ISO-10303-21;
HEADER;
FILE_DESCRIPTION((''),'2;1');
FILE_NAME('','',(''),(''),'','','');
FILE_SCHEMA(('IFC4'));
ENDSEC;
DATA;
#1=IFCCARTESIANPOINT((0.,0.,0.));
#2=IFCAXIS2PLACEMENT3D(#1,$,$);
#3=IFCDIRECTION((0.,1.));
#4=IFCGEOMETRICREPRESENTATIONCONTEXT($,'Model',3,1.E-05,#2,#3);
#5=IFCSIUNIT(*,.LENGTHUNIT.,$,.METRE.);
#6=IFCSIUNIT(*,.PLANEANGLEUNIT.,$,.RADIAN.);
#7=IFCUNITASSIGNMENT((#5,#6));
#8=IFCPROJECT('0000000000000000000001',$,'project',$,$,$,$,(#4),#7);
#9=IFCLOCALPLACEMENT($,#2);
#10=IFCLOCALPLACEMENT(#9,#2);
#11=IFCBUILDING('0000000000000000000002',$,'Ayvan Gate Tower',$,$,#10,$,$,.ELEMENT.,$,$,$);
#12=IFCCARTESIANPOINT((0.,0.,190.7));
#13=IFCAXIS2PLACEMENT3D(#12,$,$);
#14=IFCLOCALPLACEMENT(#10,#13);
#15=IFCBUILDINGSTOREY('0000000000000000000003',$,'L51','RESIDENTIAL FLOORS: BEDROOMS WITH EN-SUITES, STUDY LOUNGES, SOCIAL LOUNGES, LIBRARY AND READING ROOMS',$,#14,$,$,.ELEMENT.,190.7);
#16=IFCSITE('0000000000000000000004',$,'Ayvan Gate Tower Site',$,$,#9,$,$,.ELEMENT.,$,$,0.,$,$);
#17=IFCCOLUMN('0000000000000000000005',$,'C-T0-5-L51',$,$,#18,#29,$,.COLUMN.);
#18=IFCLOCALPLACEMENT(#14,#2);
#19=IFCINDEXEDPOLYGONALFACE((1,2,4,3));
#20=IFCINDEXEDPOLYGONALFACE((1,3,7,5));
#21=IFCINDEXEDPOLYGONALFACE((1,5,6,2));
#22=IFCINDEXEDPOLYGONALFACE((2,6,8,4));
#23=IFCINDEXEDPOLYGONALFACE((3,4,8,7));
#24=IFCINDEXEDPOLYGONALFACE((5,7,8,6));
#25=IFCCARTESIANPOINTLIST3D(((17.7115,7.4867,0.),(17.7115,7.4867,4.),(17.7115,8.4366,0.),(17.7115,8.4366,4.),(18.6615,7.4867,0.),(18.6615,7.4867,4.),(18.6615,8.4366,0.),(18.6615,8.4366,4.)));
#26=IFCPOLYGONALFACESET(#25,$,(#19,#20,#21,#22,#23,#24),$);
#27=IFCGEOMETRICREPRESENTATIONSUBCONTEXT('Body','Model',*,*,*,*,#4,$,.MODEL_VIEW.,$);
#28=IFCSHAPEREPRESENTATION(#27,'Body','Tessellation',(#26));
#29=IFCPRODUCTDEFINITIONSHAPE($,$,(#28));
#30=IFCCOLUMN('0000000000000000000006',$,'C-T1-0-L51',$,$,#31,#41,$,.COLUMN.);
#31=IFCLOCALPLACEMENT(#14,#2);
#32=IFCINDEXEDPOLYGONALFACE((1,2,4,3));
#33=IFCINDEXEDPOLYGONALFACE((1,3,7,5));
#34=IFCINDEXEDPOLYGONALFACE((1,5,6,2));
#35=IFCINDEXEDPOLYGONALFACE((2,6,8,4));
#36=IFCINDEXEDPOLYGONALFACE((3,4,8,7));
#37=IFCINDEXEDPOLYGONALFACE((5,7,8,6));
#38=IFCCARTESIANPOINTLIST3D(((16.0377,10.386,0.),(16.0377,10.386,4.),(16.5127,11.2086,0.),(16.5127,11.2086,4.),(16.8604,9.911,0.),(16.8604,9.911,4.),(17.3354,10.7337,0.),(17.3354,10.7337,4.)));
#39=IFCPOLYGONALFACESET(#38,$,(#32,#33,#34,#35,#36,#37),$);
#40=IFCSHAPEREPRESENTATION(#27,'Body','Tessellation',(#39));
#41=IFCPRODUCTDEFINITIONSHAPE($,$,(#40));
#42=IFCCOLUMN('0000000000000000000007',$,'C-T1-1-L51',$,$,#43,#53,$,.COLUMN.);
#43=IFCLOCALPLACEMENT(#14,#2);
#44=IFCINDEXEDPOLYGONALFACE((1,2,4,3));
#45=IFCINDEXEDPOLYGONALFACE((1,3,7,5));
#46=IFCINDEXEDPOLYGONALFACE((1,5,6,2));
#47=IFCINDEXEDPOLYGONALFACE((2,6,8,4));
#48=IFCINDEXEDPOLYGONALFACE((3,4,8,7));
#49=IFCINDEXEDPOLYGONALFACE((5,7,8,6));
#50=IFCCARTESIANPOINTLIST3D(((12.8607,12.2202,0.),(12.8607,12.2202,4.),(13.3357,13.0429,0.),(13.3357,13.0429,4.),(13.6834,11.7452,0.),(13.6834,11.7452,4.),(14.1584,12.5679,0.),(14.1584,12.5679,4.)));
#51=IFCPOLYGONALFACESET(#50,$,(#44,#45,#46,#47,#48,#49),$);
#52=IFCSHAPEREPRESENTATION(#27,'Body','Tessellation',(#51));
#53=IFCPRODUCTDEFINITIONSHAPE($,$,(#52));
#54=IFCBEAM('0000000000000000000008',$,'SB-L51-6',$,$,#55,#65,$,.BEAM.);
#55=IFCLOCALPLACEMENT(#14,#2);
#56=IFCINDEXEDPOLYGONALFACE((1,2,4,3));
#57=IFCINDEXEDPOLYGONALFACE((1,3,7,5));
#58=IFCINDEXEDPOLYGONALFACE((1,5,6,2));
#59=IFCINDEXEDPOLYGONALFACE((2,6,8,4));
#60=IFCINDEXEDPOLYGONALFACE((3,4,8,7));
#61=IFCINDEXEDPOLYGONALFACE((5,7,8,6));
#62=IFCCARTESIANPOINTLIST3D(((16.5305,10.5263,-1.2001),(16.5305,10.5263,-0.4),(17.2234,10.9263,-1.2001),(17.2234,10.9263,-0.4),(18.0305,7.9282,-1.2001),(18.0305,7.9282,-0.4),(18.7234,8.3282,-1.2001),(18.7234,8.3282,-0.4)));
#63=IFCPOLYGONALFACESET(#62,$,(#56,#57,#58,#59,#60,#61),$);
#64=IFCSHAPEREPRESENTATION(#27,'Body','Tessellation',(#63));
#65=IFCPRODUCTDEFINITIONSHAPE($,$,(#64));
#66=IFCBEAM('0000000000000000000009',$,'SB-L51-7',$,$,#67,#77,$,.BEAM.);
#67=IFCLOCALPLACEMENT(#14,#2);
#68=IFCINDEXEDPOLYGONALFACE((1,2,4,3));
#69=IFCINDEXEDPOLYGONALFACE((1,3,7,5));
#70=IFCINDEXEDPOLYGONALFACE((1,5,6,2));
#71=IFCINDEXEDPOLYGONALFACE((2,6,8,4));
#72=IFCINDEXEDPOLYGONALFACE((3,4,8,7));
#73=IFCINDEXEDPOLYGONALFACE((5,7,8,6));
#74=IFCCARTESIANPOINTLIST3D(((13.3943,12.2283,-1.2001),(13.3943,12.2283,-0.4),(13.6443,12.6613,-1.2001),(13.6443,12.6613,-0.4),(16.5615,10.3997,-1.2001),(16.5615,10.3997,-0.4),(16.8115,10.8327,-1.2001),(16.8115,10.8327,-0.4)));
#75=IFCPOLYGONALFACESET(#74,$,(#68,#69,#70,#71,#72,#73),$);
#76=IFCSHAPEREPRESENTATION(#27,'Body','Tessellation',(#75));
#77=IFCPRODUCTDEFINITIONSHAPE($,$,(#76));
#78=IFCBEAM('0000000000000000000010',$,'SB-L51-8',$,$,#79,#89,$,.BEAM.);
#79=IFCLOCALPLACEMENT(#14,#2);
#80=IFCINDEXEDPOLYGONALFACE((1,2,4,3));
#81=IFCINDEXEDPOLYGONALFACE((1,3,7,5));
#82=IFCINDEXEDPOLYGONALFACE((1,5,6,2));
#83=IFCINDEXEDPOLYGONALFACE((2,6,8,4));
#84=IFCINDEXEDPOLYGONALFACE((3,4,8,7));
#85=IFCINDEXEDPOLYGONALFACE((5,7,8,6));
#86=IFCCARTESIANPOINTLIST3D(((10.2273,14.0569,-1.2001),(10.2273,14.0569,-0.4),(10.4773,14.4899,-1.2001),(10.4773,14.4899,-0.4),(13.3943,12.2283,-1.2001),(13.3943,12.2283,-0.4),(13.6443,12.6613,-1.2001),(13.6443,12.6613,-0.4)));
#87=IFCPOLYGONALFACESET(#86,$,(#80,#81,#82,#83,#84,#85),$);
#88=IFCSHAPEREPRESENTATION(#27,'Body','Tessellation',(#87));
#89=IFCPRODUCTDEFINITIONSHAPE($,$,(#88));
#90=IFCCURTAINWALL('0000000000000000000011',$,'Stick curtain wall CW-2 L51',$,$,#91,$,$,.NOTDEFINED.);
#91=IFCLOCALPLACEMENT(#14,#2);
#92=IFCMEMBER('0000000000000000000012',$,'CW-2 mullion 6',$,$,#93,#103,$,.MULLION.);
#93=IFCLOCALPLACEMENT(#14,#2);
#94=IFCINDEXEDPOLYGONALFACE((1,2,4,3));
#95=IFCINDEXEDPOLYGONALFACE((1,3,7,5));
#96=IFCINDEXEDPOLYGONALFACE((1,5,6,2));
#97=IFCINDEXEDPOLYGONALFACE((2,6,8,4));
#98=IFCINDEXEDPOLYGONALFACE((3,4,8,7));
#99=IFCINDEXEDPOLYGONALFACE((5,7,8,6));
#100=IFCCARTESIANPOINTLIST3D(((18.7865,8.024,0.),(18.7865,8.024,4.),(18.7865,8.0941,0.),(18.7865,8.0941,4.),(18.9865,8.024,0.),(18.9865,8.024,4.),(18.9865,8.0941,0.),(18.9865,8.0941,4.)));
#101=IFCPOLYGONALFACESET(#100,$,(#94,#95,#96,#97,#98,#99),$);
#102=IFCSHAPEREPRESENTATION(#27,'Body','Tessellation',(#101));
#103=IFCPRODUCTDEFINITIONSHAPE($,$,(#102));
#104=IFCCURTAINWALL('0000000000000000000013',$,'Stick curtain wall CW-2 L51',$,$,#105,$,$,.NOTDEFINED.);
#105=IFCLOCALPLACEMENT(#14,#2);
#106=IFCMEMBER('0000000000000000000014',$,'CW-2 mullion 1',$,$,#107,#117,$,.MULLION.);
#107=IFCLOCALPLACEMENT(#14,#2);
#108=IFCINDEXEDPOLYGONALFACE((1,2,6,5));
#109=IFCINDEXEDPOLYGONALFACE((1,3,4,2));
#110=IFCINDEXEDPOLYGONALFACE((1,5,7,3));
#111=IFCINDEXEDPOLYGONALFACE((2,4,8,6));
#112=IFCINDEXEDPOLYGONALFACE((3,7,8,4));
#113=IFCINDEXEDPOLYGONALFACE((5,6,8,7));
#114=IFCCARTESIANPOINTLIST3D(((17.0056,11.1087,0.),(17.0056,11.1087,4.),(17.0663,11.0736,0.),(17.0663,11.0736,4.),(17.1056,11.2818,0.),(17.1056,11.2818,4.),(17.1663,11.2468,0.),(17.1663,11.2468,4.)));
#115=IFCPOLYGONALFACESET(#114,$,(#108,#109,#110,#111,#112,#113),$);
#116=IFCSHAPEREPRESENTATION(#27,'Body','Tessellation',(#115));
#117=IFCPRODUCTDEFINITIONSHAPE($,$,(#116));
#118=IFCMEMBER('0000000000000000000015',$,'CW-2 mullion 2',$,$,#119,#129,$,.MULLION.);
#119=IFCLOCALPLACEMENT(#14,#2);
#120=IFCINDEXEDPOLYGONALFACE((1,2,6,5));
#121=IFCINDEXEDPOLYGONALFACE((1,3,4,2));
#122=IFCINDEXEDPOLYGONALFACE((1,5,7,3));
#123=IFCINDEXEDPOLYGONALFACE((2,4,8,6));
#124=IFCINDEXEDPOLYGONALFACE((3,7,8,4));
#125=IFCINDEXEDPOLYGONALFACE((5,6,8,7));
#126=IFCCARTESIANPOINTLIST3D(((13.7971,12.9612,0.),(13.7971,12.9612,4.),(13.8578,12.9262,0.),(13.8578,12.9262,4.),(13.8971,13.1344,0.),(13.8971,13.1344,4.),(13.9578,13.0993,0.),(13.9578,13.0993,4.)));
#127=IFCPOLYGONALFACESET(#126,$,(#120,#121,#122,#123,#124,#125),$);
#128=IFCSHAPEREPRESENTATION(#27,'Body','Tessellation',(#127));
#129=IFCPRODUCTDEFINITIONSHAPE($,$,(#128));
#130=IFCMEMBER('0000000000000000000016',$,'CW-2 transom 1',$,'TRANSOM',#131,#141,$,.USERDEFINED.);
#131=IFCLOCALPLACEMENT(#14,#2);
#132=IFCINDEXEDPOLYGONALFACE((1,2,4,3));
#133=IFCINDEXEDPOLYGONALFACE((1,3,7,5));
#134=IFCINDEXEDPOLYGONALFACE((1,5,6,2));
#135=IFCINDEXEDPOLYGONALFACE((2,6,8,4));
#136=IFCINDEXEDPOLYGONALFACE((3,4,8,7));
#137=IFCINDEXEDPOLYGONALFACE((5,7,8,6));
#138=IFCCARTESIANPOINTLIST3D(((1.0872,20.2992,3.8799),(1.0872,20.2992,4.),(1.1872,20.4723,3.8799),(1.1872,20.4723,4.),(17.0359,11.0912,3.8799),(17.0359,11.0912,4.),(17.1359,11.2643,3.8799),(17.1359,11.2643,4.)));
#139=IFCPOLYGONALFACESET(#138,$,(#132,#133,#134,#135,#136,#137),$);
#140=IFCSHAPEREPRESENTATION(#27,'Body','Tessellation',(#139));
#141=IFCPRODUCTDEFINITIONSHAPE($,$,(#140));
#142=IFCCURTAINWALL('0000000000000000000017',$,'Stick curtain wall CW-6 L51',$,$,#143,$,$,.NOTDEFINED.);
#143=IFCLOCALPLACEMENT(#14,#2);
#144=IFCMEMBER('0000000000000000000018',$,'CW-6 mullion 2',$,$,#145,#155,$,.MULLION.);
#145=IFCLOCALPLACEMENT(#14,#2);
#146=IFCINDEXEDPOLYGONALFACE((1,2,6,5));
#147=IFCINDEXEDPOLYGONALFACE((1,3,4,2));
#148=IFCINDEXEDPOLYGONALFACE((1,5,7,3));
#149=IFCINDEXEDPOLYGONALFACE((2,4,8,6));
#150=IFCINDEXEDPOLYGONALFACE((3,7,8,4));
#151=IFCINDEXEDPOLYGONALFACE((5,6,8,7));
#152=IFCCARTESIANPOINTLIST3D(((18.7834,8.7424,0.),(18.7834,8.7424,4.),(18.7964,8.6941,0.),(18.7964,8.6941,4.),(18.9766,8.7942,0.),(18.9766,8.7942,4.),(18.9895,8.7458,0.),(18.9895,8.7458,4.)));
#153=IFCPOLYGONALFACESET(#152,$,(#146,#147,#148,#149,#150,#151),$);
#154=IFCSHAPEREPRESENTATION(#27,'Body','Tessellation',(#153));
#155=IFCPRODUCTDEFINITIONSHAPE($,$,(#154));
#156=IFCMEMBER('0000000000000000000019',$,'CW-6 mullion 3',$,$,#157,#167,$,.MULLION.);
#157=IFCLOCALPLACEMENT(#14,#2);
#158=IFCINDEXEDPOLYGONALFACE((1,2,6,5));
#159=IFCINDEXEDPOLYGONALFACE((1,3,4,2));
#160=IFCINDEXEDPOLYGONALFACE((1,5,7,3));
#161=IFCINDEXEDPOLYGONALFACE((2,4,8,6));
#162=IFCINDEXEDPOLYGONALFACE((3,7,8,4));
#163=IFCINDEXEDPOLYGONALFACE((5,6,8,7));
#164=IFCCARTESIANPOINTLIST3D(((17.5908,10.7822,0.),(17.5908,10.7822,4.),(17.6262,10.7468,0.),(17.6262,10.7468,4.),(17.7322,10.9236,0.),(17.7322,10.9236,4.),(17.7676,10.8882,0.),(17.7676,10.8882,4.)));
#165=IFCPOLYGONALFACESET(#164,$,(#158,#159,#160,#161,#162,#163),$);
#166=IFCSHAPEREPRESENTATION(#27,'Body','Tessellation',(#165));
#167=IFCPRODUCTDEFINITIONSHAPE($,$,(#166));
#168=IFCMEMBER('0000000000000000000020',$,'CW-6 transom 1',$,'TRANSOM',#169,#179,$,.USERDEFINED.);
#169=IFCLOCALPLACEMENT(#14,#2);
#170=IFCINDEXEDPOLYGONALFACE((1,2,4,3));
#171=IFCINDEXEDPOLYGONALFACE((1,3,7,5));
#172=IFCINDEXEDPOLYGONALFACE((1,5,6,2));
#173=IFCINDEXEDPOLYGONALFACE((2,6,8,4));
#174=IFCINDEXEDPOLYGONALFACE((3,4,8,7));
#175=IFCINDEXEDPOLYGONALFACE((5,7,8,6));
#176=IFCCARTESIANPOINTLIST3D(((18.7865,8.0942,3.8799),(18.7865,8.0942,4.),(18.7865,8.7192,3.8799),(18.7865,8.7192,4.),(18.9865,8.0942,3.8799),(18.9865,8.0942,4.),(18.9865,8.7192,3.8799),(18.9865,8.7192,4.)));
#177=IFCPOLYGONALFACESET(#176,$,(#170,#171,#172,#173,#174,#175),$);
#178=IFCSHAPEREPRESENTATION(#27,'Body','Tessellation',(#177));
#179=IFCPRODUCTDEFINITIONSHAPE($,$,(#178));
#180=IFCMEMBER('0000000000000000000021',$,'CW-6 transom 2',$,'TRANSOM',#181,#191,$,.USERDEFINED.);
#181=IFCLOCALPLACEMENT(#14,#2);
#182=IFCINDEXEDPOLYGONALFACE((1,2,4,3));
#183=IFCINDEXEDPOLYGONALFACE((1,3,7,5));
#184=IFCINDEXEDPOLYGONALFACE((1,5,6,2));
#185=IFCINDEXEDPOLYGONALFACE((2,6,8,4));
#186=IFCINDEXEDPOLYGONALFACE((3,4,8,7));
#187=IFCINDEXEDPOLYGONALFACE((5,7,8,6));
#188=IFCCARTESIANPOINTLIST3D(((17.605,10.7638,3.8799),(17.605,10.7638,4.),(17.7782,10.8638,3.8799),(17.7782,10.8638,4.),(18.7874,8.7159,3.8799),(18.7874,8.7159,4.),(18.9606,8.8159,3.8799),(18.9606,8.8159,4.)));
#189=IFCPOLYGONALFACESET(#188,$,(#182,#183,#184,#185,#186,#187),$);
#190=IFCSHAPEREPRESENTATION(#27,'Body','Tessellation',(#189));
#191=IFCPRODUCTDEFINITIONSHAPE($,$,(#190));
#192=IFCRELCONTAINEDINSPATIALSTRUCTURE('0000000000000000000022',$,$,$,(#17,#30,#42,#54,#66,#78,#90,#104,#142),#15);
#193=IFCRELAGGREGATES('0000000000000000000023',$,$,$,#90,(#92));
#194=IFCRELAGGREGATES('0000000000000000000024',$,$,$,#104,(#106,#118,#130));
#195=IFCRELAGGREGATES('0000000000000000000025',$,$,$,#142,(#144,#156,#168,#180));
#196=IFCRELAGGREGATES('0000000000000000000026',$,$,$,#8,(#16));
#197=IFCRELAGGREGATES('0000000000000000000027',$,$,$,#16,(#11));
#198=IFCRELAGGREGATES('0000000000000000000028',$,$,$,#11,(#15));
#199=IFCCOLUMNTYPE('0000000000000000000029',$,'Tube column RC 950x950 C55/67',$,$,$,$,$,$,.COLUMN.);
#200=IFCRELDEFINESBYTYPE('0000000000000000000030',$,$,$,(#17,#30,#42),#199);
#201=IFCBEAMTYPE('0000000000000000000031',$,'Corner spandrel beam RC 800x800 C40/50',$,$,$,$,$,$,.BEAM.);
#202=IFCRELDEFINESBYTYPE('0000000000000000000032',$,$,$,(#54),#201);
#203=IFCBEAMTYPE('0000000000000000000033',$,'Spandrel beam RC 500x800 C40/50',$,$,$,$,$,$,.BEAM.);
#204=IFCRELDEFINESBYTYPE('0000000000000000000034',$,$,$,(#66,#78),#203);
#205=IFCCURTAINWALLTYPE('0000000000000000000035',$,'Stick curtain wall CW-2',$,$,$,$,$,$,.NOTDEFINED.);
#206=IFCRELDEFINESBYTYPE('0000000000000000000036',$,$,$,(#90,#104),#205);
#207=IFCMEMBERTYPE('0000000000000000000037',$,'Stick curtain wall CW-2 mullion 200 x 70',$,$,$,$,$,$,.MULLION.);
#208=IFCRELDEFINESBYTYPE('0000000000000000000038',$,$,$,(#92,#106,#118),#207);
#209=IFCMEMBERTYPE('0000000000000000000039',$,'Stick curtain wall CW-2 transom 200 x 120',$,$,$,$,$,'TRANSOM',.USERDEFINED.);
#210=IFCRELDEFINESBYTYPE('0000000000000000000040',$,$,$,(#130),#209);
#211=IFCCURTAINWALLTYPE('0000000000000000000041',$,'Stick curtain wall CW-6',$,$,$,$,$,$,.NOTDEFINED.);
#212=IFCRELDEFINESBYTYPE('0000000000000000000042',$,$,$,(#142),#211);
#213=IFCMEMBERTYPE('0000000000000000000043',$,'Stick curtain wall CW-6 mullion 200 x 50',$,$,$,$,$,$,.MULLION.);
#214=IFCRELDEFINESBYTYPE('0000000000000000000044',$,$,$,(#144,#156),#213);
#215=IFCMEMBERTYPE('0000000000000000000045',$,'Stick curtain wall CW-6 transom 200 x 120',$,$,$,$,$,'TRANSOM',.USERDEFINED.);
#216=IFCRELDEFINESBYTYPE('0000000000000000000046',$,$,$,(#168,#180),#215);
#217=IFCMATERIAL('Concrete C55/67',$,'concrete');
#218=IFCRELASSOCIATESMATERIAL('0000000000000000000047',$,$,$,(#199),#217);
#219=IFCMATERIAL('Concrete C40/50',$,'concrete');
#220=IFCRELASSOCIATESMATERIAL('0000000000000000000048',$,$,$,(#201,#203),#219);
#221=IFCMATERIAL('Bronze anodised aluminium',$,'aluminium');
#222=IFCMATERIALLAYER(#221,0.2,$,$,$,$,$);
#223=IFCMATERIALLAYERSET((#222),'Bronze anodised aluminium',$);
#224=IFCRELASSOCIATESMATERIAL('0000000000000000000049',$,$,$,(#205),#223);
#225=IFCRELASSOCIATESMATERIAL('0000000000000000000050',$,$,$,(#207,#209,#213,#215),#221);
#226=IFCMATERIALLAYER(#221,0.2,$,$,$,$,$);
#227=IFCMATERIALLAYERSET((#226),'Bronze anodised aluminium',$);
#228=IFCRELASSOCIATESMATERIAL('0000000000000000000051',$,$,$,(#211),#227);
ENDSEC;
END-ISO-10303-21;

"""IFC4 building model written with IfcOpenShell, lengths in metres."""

from ifc_helpers import new_model, si_unit, direction, frame, origin, origin_2d, place, context, subcontext, project, spatial, rectangle, extrude, material, layer, layer_set, material_profile, profile_set, type_object, element, aggregate, save


model = new_model("IFC4")

# Units and contexts
model_context = context("Model", 3, precision=1e-05, world=origin(), true_north=direction((0.0, 1.0)))
body_context = subcontext(model_context, "Body", "Model", "MODEL_VIEW")
ifc_project = project(units=[si_unit("LENGTHUNIT", "METRE"), si_unit("PLANEANGLEUNIT", "RADIAN")], contexts=[model_context])

# Site, building, storey
site_placement = place(None, origin())
site = spatial("IfcSite", under=ifc_project, at=site_placement, Name="Ayvan Gate Tower Site", CompositionType="ELEMENT", RefElevation=0.0)
building_placement = place(site_placement, origin())
building = spatial("IfcBuilding", under=site, at=building_placement, Name="Ayvan Gate Tower", CompositionType="ELEMENT")
storey_placement = place(building_placement, frame((0.0, 0.0, 190.7)))
storey = spatial("IfcBuildingStorey", under=building, at=storey_placement, Name="L51", Description="RESIDENTIAL FLOORS: BEDROOMS WITH EN-SUITES, STUDY LOUNGES, SOCIAL LOUNGES, LIBRARY AND READING ROOMS", CompositionType="ELEMENT", Elevation=190.7)

# Columns
ifc_material_1 = material(Name="Concrete C55/67", Category="concrete")
ifc_material_profile_1 = material_profile(ifc_material_1, rectangle(XDim=0.95, YDim=0.95, at=origin_2d()), Name="RC 950x950")
ifc_profile_set_1 = profile_set([ifc_material_profile_1], Name="Concrete C55/67")
column_type = type_object("IfcColumnType", Name="Tube column RC 950x950 C55/67", PredefinedType="COLUMN", material=ifc_profile_set_1)
for number, where, z_axis, x_axis, name in (
    (1, (18.1865, 7.9617, 0.0), (0.0, 0.0, 1.0), (1.0, 0.0, 0.0), "C-T0-5-L51"),
    (2, (16.6865, 10.5598, 0.0), (0.0, 0.0, 1.0), (0.5, 0.866025, 0.0), "C-T1-0-L51"),
    (3, (13.5095, 12.394, 0.0), (0.0, 0.0, 1.0), (0.5, 0.866025, 0.0), "C-T1-1-L51"),
):
    element("IfcColumn", number, at=place(storey_placement, frame(where, z_axis=z_axis, x_axis=x_axis)), inside=storey, type_object=column_type, Name=name, PredefinedType="COLUMN", context=body_context, shape_type="SweptSolid", body=[
        extrude(rectangle(XDim=0.95, YDim=0.95, at=origin_2d()), origin(), (0.0, 0.0, 1.0), 4.0),
    ])

# Beams
ifc_material_2 = material(Name="Concrete C40/50", Category="concrete")
ifc_material_profile_2 = material_profile(ifc_material_2, rectangle(XDim=0.8, YDim=0.8, at=origin_2d()), Name="RC 800x800")
ifc_profile_set_2 = profile_set([ifc_material_profile_2], Name="Concrete C40/50")
beam_type_1 = type_object("IfcBeamType", Name="Corner spandrel beam RC 800x800 C40/50", PredefinedType="BEAM", material=ifc_profile_set_2)
beam_1_placement = place(storey_placement, frame((18.377, 8.1282, -0.8), z_axis=(-0.49999, 0.866031, 0.0), x_axis=(-0.866031, -0.49999, 0.0)))
element("IfcBeam", 4, at=beam_1_placement, inside=storey, type_object=beam_type_1, Name="SB-L51-6", PredefinedType="BEAM", context=body_context, shape_type="SweptSolid", body=[
    extrude(rectangle(XDim=0.8, YDim=0.8, at=origin_2d()), origin(), (0.0, 0.0, 1.0), 3.0),
])
ifc_material_profile_3 = material_profile(ifc_material_2, rectangle(XDim=0.5, YDim=0.8, at=origin_2d()), Name="RC 500x800")
ifc_profile_set_3 = profile_set([ifc_material_profile_3], Name="Concrete C40/50")
beam_type_2 = type_object("IfcBeamType", Name="Spandrel beam RC 500x800 C40/50", PredefinedType="BEAM", material=ifc_profile_set_3)
beam_2_placement = place(storey_placement, frame((16.6865, 10.6162, -0.8), z_axis=(-0.866024, 0.500002, 0.0), x_axis=(-0.500002, -0.866024, 0.0)))
element("IfcBeam", 5, at=beam_2_placement, inside=storey, type_object=beam_type_2, Name="SB-L51-7", PredefinedType="BEAM", context=body_context, shape_type="SweptSolid", body=[
    extrude(rectangle(XDim=0.5, YDim=0.8, at=origin_2d()), origin(), (0.0, 0.0, 1.0), 3.6572),
])
beam_3_placement = place(storey_placement, frame((13.5193, 12.4448, -0.8), z_axis=(-0.866008, 0.500031, 0.0), x_axis=(-0.500031, -0.866008, 0.0)))
element("IfcBeam", 6, at=beam_3_placement, inside=storey, type_object=beam_type_2, Name="SB-L51-8", PredefinedType="BEAM", context=body_context, shape_type="SweptSolid", body=[
    extrude(rectangle(XDim=0.5, YDim=0.8, at=origin_2d()), origin(), (0.0, 0.0, 1.0), 3.657),
])

# Curtain wall, member
ifc_material_3 = material(Name="Bronze anodised aluminium", Category="aluminium")
ifc_layer_1 = layer(ifc_material_3, 0.2)
ifc_layer_set_1 = layer_set([ifc_layer_1], Name="Bronze anodised aluminium")
curtain_wall_type_1 = type_object("IfcCurtainWallType", Name="Stick curtain wall CW-2", PredefinedType="NOTDEFINED", material=ifc_layer_set_1)
curtain_wall_1_placement = place(storey_placement, origin())
curtain_wall_1 = element("IfcCurtainWall", 7, at=curtain_wall_1_placement, inside=storey, type_object=curtain_wall_type_1, Name="Stick curtain wall CW-2 L51", PredefinedType="NOTDEFINED")
ifc_material_profile_4 = material_profile(ifc_material_3, rectangle(XDim=0.2, YDim=0.0701, at=origin_2d()), Name="Stick curtain wall CW-2 mullion 200 x 70")
ifc_profile_set_4 = profile_set([ifc_material_profile_4], Name="Bronze anodised aluminium")
member_type_1 = type_object("IfcMemberType", Name="Stick curtain wall CW-2 mullion 200 x 70", PredefinedType="MULLION", material=ifc_profile_set_4)
member_1_placement = place(storey_placement, frame((18.8865, 8.0591, 0.0), z_axis=(0.0, 0.0, 1.0), x_axis=(1.0, 0.0, 0.0)))
member_1 = element("IfcMember", 8, at=member_1_placement, type_object=member_type_1, Name="CW-2 mullion 6", PredefinedType="MULLION", context=body_context, shape_type="SweptSolid", body=[
    extrude(rectangle(XDim=0.2, YDim=0.0701, at=origin_2d()), origin(), (0.0, 0.0, 1.0), 4.0),
])

# Curtain walls, members
curtain_wall_2_placement = place(storey_placement, origin())
curtain_wall_2 = element("IfcCurtainWall", 9, at=curtain_wall_2_placement, inside=storey, type_object=curtain_wall_type_1, Name="Stick curtain wall CW-2 L51", PredefinedType="NOTDEFINED")
member_2_placement = place(storey_placement, frame((17.0859, 11.1777, 0.0), z_axis=(0.0, 0.0, 1.0), x_axis=(0.5, 0.866025, 0.0)))
member_2 = element("IfcMember", 10, at=member_2_placement, type_object=member_type_1, Name="CW-2 mullion 1", PredefinedType="MULLION", context=body_context, shape_type="SweptSolid", body=[
    extrude(rectangle(XDim=0.2, YDim=0.0701, at=origin_2d()), origin(), (0.0, 0.0, 1.0), 4.0),
])
member_3_placement = place(storey_placement, frame((13.8774, 13.0303, 0.0), z_axis=(0.0, 0.0, 1.0), x_axis=(0.5, 0.866025, 0.0)))
member_3 = element("IfcMember", 11, at=member_3_placement, type_object=member_type_1, Name="CW-2 mullion 2", PredefinedType="MULLION", context=body_context, shape_type="SweptSolid", body=[
    extrude(rectangle(XDim=0.2, YDim=0.0701, at=origin_2d()), origin(), (0.0, 0.0, 1.0), 4.0),
])
ifc_material_profile_5 = material_profile(ifc_material_3, rectangle(XDim=0.2, YDim=0.1201, at=origin_2d()), Name="Stick curtain wall CW-2 transom 200 x 120")
ifc_profile_set_5 = profile_set([ifc_material_profile_5], Name="Bronze anodised aluminium")
member_type_2 = type_object("IfcMemberType", Name="Stick curtain wall CW-2 transom 200 x 120", ElementType="TRANSOM", PredefinedType="USERDEFINED", material=ifc_profile_set_5)
member_4_placement = place(storey_placement, frame((17.0859, 11.1777, 3.9399), z_axis=(-0.866025, 0.5, 0.0), x_axis=(-0.5, -0.866025, 0.0)))
member_4 = element("IfcMember", 12, at=member_4_placement, type_object=member_type_2, Name="CW-2 transom 1", ObjectType="TRANSOM", PredefinedType="USERDEFINED", context=body_context, shape_type="SweptSolid", body=[
    extrude(rectangle(XDim=0.2, YDim=0.1201, at=origin_2d()), origin(), (0.0, 0.0, 1.0), 18.416),
])
ifc_layer_2 = layer(ifc_material_3, 0.2)
ifc_layer_set_2 = layer_set([ifc_layer_2], Name="Bronze anodised aluminium")
curtain_wall_type_2 = type_object("IfcCurtainWallType", Name="Stick curtain wall CW-6", PredefinedType="NOTDEFINED", material=ifc_layer_set_2)
curtain_wall_3_placement = place(storey_placement, origin())
curtain_wall_3 = element("IfcCurtainWall", 13, at=curtain_wall_3_placement, inside=storey, type_object=curtain_wall_type_2, Name="Stick curtain wall CW-6 L51", PredefinedType="NOTDEFINED")
ifc_material_profile_6 = material_profile(ifc_material_3, rectangle(XDim=0.2, YDim=0.05, at=origin_2d()), Name="Stick curtain wall CW-6 mullion 200 x 50")
ifc_profile_set_6 = profile_set([ifc_material_profile_6], Name="Bronze anodised aluminium")
member_type_3 = type_object("IfcMemberType", Name="Stick curtain wall CW-6 mullion 200 x 50", PredefinedType="MULLION", material=ifc_profile_set_6)
member_5_placement = place(storey_placement, frame((18.8865, 8.7441, 0.0), z_axis=(0.0, 0.0, 1.0), x_axis=(0.965926, 0.258819, 0.0)))
member_5 = element("IfcMember", 14, at=member_5_placement, type_object=member_type_3, Name="CW-6 mullion 2", PredefinedType="MULLION", context=body_context, shape_type="SweptSolid", body=[
    extrude(rectangle(XDim=0.2, YDim=0.05, at=origin_2d()), origin(), (0.0, 0.0, 1.0), 4.0),
])
member_6_placement = place(storey_placement, frame((17.6792, 10.8352, 0.0), z_axis=(0.0, 0.0, 1.0), x_axis=(0.707107, 0.707107, 0.0)))
member_6 = element("IfcMember", 15, at=member_6_placement, type_object=member_type_3, Name="CW-6 mullion 3", PredefinedType="MULLION", context=body_context, shape_type="SweptSolid", body=[
    extrude(rectangle(XDim=0.2, YDim=0.05, at=origin_2d()), origin(), (0.0, 0.0, 1.0), 4.0),
])
ifc_material_profile_7 = material_profile(ifc_material_3, rectangle(XDim=0.2, YDim=0.1201, at=origin_2d()), Name="Stick curtain wall CW-6 transom 200 x 120")
ifc_profile_set_7 = profile_set([ifc_material_profile_7], Name="Bronze anodised aluminium")
member_type_4 = type_object("IfcMemberType", Name="Stick curtain wall CW-6 transom 200 x 120", ElementType="TRANSOM", PredefinedType="USERDEFINED", material=ifc_profile_set_7)
member_7_placement = place(storey_placement, frame((18.8865, 8.0942, 3.9399), z_axis=(0.0, 1.0, 0.0), x_axis=(-1.0, 0.0, 0.0)))
member_7 = element("IfcMember", 16, at=member_7_placement, type_object=member_type_4, Name="CW-6 transom 1", ObjectType="TRANSOM", PredefinedType="USERDEFINED", context=body_context, shape_type="SweptSolid", body=[
    extrude(rectangle(XDim=0.2, YDim=0.1201, at=origin_2d()), origin(), (0.0, 0.0, 1.0), 0.625),
])
member_8_placement = place(storey_placement, frame((18.874, 8.7659, 3.9399), z_axis=(-0.500014, 0.866017, 0.0), x_axis=(-0.866017, -0.500014, 0.0)))
member_8 = element("IfcMember", 17, at=member_8_placement, type_object=member_type_4, Name="CW-6 transom 2", ObjectType="TRANSOM", PredefinedType="USERDEFINED", context=body_context, shape_type="SweptSolid", body=[
    extrude(rectangle(XDim=0.2, YDim=0.1201, at=origin_2d()), origin(), (0.0, 0.0, 1.0), 2.3647),
])

aggregate(curtain_wall_1, [member_1])
aggregate(curtain_wall_2, [member_2, member_3, member_4])
aggregate(curtain_wall_3, [member_5, member_6, member_7, member_8])

save(model, "model.ifc")
